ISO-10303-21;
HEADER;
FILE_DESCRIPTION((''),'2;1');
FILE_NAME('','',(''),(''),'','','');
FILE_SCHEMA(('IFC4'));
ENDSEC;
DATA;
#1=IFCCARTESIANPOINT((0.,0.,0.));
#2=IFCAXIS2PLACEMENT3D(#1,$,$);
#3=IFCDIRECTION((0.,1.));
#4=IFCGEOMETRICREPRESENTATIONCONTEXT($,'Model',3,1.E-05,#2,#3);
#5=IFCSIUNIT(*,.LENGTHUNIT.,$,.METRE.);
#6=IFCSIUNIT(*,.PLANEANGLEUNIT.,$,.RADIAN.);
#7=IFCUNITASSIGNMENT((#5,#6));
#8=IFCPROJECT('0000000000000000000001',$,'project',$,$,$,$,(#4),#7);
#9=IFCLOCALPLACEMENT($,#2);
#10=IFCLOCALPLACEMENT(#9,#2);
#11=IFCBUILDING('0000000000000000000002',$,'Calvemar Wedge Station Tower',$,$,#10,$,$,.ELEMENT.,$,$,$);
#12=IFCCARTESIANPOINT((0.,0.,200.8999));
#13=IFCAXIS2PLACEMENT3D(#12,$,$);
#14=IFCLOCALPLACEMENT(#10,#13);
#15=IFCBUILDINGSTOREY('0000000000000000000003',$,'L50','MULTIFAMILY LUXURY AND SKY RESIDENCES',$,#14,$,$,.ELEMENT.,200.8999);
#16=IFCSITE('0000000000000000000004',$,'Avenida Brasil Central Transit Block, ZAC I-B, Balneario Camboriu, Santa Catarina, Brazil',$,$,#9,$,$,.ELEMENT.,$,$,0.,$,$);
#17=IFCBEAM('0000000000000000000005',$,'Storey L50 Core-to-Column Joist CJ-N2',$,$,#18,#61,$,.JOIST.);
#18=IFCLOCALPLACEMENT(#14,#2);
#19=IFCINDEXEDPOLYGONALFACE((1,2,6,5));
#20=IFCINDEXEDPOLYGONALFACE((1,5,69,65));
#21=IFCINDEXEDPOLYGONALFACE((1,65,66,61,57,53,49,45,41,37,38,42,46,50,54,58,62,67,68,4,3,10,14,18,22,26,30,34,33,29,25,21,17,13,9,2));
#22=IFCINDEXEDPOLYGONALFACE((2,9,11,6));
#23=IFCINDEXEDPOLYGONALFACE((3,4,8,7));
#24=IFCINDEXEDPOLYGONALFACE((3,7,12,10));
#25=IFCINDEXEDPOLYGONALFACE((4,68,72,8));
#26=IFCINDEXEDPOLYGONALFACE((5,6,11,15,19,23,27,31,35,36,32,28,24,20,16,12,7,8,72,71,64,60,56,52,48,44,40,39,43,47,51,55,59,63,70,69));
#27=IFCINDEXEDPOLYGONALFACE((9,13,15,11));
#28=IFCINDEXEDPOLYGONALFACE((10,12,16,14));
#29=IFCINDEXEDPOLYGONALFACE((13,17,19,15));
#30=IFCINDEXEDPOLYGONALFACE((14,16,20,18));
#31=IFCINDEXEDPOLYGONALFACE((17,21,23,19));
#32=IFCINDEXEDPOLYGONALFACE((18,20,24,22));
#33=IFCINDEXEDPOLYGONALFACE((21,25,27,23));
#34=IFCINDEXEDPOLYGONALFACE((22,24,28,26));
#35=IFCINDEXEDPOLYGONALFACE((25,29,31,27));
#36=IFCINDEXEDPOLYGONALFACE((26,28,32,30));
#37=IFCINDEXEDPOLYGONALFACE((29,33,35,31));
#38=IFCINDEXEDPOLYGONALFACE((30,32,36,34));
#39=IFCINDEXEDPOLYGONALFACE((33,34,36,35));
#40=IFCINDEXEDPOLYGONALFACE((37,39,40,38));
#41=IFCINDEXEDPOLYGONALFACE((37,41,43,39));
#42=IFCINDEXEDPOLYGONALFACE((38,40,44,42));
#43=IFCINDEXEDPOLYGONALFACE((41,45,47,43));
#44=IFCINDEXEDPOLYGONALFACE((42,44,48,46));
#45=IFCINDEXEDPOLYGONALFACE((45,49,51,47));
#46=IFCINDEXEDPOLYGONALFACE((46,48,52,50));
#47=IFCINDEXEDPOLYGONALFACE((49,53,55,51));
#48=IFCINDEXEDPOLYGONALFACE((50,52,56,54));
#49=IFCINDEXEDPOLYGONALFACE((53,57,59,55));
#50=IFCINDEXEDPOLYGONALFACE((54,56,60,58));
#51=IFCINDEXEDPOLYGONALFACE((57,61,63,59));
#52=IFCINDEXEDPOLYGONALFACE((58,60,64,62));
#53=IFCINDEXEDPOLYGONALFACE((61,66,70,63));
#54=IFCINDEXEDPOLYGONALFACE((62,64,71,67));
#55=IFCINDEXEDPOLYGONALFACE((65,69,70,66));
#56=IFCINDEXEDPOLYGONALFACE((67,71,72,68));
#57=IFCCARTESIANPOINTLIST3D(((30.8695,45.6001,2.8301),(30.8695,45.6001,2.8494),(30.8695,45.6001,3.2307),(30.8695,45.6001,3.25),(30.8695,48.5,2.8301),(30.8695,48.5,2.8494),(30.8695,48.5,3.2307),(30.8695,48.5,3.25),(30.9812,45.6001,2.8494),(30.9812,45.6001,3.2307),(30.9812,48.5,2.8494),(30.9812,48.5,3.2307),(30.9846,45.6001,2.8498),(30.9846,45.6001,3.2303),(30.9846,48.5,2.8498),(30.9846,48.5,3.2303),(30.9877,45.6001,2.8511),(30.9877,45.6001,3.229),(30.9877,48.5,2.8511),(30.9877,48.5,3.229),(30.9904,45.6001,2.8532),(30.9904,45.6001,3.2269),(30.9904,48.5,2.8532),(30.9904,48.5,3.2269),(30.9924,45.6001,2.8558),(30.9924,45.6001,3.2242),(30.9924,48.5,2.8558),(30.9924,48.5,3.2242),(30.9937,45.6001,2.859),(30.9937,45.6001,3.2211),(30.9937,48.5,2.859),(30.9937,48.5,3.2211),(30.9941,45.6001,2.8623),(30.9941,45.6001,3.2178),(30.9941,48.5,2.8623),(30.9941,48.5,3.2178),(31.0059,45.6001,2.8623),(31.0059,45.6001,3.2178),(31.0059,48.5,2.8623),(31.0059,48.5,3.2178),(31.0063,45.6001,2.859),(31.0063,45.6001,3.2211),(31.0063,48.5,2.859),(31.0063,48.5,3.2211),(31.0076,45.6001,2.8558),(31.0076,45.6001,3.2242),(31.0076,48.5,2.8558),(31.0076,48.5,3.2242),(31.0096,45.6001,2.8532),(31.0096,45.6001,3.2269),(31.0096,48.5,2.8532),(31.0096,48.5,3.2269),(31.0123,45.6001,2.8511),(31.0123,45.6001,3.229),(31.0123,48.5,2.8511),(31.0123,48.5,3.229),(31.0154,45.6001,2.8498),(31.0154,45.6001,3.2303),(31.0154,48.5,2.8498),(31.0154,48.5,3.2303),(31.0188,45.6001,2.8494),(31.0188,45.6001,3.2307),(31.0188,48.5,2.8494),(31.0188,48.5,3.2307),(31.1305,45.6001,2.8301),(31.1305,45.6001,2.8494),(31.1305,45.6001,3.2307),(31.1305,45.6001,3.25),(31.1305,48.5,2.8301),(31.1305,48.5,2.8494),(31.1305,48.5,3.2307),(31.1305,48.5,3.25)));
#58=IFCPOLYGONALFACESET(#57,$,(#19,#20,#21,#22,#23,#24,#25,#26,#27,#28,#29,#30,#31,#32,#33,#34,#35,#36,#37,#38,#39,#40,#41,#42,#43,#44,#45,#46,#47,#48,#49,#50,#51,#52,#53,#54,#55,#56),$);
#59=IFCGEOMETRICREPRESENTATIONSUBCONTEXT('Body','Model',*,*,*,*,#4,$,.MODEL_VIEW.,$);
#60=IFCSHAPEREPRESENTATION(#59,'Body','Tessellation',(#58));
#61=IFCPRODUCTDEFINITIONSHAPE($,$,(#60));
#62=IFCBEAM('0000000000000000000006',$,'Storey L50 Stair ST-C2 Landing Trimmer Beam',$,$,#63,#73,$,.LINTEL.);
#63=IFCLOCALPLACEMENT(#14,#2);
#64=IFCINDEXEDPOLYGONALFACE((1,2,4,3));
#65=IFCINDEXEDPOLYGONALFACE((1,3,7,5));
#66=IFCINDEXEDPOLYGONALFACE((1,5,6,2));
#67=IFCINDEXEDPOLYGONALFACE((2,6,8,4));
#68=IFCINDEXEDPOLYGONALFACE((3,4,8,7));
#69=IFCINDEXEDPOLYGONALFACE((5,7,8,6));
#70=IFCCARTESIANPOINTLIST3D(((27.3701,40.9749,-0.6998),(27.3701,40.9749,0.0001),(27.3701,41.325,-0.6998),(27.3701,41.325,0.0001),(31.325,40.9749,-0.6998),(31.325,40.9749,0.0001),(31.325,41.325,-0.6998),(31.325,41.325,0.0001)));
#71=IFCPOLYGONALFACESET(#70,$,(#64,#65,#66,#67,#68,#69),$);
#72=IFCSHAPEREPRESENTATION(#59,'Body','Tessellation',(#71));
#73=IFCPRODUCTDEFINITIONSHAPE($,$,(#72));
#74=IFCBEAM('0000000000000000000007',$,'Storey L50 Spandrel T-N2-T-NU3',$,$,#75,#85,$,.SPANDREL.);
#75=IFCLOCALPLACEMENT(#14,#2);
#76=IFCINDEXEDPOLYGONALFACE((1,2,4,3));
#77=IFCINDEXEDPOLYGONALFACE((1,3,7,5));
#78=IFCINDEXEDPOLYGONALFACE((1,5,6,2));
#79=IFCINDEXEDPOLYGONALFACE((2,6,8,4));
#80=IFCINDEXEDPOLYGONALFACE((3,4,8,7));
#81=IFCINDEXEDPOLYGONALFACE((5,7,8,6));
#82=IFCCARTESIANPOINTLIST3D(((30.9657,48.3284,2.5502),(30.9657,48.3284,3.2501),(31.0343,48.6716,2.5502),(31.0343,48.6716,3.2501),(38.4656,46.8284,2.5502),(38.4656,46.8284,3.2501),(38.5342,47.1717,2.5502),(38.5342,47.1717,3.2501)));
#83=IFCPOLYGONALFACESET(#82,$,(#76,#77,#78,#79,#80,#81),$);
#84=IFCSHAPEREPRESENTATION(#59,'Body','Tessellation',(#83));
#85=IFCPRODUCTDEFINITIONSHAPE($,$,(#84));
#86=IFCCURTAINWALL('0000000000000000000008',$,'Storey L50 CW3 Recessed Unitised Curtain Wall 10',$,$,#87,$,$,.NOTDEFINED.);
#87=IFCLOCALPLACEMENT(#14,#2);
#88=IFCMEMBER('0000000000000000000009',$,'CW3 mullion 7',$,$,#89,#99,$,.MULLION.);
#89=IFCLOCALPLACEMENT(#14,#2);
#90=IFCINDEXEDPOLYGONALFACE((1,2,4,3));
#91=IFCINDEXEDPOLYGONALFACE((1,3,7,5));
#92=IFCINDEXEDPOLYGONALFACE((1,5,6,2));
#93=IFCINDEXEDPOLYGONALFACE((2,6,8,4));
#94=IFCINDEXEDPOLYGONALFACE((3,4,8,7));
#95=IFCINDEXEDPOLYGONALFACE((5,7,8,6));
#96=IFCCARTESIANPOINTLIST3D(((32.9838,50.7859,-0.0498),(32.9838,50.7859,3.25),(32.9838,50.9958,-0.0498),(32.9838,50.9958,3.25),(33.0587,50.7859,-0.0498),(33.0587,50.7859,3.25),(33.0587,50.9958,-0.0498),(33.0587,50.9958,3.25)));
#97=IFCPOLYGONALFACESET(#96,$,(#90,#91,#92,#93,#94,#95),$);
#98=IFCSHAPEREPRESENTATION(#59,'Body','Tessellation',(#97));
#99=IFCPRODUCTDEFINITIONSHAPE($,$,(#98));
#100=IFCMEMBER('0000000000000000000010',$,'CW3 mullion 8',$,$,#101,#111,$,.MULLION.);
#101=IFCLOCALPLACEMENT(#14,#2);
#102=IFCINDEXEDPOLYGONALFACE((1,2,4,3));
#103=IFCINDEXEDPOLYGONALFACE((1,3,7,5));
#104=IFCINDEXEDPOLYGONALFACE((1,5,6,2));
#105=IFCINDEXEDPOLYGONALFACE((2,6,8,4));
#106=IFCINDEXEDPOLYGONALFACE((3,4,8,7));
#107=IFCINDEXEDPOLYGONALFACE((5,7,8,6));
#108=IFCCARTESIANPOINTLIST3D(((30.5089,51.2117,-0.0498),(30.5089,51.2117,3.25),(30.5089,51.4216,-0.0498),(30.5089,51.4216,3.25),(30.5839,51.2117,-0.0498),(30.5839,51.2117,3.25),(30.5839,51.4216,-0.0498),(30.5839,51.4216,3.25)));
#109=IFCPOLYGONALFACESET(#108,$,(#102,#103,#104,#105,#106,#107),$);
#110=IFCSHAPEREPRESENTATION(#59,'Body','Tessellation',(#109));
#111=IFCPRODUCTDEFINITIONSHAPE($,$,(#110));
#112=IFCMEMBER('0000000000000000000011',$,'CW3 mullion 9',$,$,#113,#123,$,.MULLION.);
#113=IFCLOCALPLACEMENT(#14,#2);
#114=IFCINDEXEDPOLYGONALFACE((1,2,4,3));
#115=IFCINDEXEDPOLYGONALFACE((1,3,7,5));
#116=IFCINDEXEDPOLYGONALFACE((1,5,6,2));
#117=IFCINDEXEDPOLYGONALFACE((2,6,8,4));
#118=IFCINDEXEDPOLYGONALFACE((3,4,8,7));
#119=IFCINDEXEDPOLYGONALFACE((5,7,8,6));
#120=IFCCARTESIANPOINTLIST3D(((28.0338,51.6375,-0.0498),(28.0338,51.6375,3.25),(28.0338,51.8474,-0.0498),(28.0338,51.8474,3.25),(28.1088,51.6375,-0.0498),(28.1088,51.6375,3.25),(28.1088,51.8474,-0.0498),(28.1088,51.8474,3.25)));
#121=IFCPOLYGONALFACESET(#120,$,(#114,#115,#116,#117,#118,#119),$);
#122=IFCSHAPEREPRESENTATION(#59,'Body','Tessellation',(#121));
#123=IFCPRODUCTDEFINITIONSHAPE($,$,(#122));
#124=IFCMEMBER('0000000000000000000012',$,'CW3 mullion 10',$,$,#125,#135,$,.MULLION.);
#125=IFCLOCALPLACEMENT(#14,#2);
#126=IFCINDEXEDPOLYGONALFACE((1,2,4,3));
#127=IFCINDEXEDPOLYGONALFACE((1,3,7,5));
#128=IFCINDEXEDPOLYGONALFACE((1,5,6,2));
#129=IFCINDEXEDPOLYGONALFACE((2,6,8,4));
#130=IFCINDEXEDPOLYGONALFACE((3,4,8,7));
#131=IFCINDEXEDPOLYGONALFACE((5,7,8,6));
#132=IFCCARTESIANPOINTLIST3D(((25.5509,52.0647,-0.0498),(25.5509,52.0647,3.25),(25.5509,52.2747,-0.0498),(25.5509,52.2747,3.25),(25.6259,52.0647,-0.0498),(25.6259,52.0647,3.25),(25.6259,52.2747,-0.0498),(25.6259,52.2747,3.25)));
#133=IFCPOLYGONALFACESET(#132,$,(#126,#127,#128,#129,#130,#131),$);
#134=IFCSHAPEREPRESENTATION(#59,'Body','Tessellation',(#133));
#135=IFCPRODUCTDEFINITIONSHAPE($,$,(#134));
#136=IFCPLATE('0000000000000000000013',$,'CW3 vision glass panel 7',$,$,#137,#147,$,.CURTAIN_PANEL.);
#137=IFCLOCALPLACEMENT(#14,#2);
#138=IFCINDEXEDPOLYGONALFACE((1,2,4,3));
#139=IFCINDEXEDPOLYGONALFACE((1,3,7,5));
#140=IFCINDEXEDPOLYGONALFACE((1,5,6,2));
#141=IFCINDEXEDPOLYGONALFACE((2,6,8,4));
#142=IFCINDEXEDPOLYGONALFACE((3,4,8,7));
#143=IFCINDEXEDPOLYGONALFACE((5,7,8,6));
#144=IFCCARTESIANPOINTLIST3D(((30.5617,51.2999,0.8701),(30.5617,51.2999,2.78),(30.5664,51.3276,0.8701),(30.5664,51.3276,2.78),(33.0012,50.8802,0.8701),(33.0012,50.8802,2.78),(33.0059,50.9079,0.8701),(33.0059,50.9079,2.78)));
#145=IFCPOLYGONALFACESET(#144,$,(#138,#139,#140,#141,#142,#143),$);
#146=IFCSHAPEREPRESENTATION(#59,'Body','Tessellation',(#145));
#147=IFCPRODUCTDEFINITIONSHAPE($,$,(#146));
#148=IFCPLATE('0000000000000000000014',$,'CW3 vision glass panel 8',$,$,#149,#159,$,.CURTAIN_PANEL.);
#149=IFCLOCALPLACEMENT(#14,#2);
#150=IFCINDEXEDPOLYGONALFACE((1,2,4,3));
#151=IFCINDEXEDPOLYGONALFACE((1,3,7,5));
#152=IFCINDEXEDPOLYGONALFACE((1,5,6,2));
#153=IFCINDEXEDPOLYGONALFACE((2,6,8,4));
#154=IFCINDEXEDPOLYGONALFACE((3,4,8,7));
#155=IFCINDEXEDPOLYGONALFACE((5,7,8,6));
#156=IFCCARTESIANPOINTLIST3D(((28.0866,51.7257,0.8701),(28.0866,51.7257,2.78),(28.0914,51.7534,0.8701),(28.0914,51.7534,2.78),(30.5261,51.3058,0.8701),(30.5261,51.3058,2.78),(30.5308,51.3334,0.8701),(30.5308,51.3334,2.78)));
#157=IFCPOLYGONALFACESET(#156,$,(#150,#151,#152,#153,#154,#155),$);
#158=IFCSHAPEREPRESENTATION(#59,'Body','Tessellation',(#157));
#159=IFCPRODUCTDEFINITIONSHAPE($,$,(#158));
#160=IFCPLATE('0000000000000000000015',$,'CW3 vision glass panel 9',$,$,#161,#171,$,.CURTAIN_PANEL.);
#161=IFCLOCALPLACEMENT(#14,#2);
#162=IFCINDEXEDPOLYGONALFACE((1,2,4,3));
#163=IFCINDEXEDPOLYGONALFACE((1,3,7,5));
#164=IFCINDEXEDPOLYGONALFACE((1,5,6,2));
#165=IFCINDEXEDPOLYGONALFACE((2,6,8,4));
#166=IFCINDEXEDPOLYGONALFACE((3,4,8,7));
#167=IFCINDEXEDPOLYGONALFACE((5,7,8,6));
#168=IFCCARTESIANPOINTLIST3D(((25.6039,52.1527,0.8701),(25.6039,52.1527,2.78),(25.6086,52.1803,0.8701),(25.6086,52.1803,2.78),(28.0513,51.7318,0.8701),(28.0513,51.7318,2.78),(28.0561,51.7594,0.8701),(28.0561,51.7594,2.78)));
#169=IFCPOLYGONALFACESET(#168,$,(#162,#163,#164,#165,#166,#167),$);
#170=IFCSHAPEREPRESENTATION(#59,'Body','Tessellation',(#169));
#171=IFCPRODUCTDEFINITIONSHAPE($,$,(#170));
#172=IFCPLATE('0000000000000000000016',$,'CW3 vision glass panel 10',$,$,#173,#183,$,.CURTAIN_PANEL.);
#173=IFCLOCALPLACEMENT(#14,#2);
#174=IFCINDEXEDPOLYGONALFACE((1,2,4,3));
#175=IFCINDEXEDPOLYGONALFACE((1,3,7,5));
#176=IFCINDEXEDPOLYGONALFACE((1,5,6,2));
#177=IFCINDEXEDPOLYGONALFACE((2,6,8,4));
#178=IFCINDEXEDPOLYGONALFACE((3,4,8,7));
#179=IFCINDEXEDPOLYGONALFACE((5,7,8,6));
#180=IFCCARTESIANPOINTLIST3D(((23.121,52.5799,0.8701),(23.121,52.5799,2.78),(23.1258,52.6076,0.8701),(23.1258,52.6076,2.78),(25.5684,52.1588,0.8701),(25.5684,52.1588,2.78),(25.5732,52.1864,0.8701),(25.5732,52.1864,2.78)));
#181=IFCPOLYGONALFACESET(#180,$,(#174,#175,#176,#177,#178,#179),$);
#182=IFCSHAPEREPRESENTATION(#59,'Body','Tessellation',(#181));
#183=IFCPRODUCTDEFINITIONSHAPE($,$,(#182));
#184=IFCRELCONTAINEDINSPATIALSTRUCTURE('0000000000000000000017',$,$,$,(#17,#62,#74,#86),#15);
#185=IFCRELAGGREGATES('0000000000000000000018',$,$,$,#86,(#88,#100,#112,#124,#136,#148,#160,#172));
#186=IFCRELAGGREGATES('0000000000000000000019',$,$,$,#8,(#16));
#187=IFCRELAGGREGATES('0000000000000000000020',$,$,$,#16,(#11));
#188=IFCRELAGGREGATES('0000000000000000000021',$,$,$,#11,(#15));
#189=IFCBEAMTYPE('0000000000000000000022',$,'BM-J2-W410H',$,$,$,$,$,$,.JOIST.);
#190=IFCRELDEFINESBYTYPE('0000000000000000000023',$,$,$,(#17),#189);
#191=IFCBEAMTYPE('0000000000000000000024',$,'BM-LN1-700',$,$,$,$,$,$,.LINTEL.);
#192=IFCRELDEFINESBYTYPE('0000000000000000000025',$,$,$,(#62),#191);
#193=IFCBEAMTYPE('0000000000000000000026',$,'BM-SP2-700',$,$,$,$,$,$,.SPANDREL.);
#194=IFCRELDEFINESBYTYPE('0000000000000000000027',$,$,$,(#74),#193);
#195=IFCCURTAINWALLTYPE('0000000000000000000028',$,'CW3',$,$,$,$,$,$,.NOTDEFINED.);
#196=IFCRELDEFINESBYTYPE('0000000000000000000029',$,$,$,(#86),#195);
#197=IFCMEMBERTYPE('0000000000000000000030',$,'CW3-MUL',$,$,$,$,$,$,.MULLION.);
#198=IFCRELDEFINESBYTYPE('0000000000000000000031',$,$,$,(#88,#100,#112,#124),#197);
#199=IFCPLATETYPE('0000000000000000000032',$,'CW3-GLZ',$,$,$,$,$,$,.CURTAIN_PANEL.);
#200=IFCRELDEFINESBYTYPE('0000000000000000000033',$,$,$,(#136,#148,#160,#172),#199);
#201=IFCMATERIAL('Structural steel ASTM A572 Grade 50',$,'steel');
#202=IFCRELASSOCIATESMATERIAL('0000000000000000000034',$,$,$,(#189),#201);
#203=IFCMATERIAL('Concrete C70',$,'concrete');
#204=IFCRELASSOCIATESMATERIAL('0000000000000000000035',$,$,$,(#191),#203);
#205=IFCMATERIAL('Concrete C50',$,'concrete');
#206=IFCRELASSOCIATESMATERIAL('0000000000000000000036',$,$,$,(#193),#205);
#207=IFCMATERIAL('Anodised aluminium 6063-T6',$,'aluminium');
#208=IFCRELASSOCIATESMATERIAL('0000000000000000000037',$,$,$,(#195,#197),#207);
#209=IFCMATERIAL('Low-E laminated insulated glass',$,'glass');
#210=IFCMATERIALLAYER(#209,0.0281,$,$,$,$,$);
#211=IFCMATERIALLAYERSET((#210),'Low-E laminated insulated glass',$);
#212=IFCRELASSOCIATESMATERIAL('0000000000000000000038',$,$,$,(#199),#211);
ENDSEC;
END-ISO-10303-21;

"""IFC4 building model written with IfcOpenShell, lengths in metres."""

from ifc_helpers import new_model, si_unit, direction, frame, frame_2d, origin, origin_2d, place, context, subcontext, project, spatial, rectangle, i_section, extrude, source, transform, mapped, material, layer, layer_set, material_profile, profile_set, type_object, element, aggregate, save


model = new_model("IFC4")

# Units and contexts
model_context = context("Model", 3, precision=1e-05, world=origin(), true_north=direction((0.0, 1.0)))
body_context = subcontext(model_context, "Body", "Model", "MODEL_VIEW")
ifc_project = project(units=[si_unit("LENGTHUNIT", "METRE"), si_unit("PLANEANGLEUNIT", "RADIAN")], contexts=[model_context])

# Site, building, storey
site_placement = place(None, origin())
site = spatial("IfcSite", under=ifc_project, at=site_placement, Name="Avenida Brasil Central Transit Block, ZAC I-B, Balneario Camboriu, Santa Catarina, Brazil", CompositionType="ELEMENT", RefElevation=0.0)
building_placement = place(site_placement, origin())
building = spatial("IfcBuilding", under=site, at=building_placement, Name="Calvemar Wedge Station Tower", CompositionType="ELEMENT")
storey_placement = place(building_placement, frame((0.0, 0.0, 200.8999)))
storey = spatial("IfcBuildingStorey", under=building, at=storey_placement, Name="L50", Description="MULTIFAMILY LUXURY AND SKY RESIDENCES", CompositionType="ELEMENT", Elevation=200.8999)

# Shared definitions
ifc_material_1 = material(Name="Concrete C50", Category="concrete")

# Beams
ifc_material_2 = material(Name="Structural steel ASTM A572 Grade 50", Category="steel")
ifc_material_profile_1 = material_profile(ifc_material_2, i_section(OverallWidth=0.261, OverallDepth=0.4199, WebThickness=0.0117, FlangeThickness=0.0193, FilletRadius=0.0129, at=origin_2d()), Name="W410x114")
ifc_profile_set_1 = profile_set([ifc_material_profile_1], Name="Structural steel ASTM A572 Grade 50")
beam_type_1 = type_object("IfcBeamType", Name="BM-J2-W410H", PredefinedType="JOIST", material=ifc_profile_set_1)
shared_shape_1 = source(origin(), body_context, "Body", "SweptSolid", [
    extrude(i_section(OverallWidth=0.261, OverallDepth=0.4199, WebThickness=0.0117, FlangeThickness=0.0193, FilletRadius=0.0129, at=origin_2d()), origin(), (0.0, 0.0, 1.0), 2.8999),
])
beam_1_placement = place(storey_placement, frame((31.0, 45.6001, 3.04), z_axis=(0.0, 1.0, 0.0), x_axis=(-1.0, 0.0, 0.0)))
element("IfcBeam", 1, at=beam_1_placement, inside=storey, type_object=beam_type_1, Name="Storey L50 Core-to-Column Joist CJ-N2", PredefinedType="JOIST", context=body_context, shape_type="MappedRepresentation", body=[
    mapped(shared_shape_1, transform((0.0, 0.0, 0.0), scale=1.0)),
])
ifc_material_3 = material(Name="Concrete C70", Category="concrete")
ifc_material_profile_2 = material_profile(ifc_material_3, rectangle(XDim=0.3501, YDim=0.7, at=origin_2d()), Name="RC350x700")
ifc_profile_set_2 = profile_set([ifc_material_profile_2], Name="Concrete C70")
beam_type_2 = type_object("IfcBeamType", Name="BM-LN1-700", PredefinedType="LINTEL", material=ifc_profile_set_2)
shared_shape_2 = source(origin(), body_context, "Body", "SweptSolid", [
    extrude(rectangle(XDim=0.3501, YDim=0.7, at=origin_2d()), origin(), (0.0, 0.0, 1.0), 3.9548),
])
beam_2_placement = place(storey_placement, frame((27.3701, 41.1499, -0.3499), z_axis=(1.0, 0.0, 0.0), x_axis=(0.0, 1.0, 0.0)))
element("IfcBeam", 2, at=beam_2_placement, inside=storey, type_object=beam_type_2, Name="Storey L50 Stair ST-C2 Landing Trimmer Beam", PredefinedType="LINTEL", context=body_context, shape_type="MappedRepresentation", body=[
    mapped(shared_shape_2, transform((0.0, 0.0, 0.0), scale=1.0)),
])
ifc_material_profile_3 = material_profile(ifc_material_1, rectangle(XDim=0.3501, YDim=0.7, at=origin_2d()), Name="RC350x700")
ifc_profile_set_3 = profile_set([ifc_material_profile_3], Name="Concrete C50")
beam_type_3 = type_object("IfcBeamType", Name="BM-SP2-700", PredefinedType="SPANDREL", material=ifc_profile_set_3)
shared_shape_3 = source(origin(), body_context, "Body", "SweptSolid", [
    extrude(rectangle(XDim=0.3501, YDim=0.7, at=origin_2d()), origin(), (0.0, 0.0, 1.0), 7.6484),
])
beam_3_placement = place(storey_placement, frame((31.0, 48.5, 2.9001), z_axis=(0.980581, -0.196116, 0.0), x_axis=(0.196116, 0.980581, 0.0)))
element("IfcBeam", 3, at=beam_3_placement, inside=storey, type_object=beam_type_3, Name="Storey L50 Spandrel T-N2-T-NU3", PredefinedType="SPANDREL", context=body_context, shape_type="MappedRepresentation", body=[
    mapped(shared_shape_3, transform((0.0, 0.0, 0.0), scale=1.0)),
])

# Curtain wall, members, plates
ifc_material_4 = material(Name="Anodised aluminium 6063-T6", Category="aluminium")
curtain_wall_type = type_object("IfcCurtainWallType", Name="CW3", PredefinedType="NOTDEFINED", material=ifc_material_4)
curtain_wall_placement = place(storey_placement, origin())
curtain_wall = element("IfcCurtainWall", 4, at=curtain_wall_placement, inside=storey, type_object=curtain_wall_type, Name="Storey L50 CW3 Recessed Unitised Curtain Wall 10", PredefinedType="NOTDEFINED")
ifc_material_profile_4 = material_profile(ifc_material_4, rectangle(XDim=0.075, YDim=0.21, at=origin_2d()), Name="AL-MUL-75x210")
ifc_profile_set_4 = profile_set([ifc_material_profile_4], Name="Anodised aluminium 6063-T6")
member_type = type_object("IfcMemberType", Name="CW3-MUL", PredefinedType="MULLION", material=ifc_profile_set_4)
shared_shape_4 = source(origin(), body_context, "Body", "SweptSolid", [
    extrude(rectangle(XDim=0.075, YDim=0.21, at=origin_2d()), origin(), (0.0, 0.0, 1.0), 3.2998),
])
member_1_placement = place(storey_placement, frame((33.0212, 50.8909, -0.0498), z_axis=(0.0, 0.0, 1.0), x_axis=(1.0, 0.0, 0.0)))
member_1 = element("IfcMember", 5, at=member_1_placement, type_object=member_type, Name="CW3 mullion 7", PredefinedType="MULLION", context=body_context, shape_type="MappedRepresentation", body=[
    mapped(shared_shape_4, transform((0.0, 0.0, 0.0), scale=1.0)),
])
member_2_placement = place(storey_placement, frame((30.5464, 51.3167, -0.0498), z_axis=(0.0, 0.0, 1.0), x_axis=(1.0, 0.0, 0.0)))
member_2 = element("IfcMember", 6, at=member_2_placement, type_object=member_type, Name="CW3 mullion 8", PredefinedType="MULLION", context=body_context, shape_type="MappedRepresentation", body=[
    mapped(shared_shape_4, transform((0.0, 0.0, 0.0), scale=1.0)),
])
member_3_placement = place(storey_placement, frame((28.0713, 51.7424, -0.0498), z_axis=(0.0, 0.0, 1.0), x_axis=(1.0, 0.0, 0.0)))
member_3 = element("IfcMember", 7, at=member_3_placement, type_object=member_type, Name="CW3 mullion 9", PredefinedType="MULLION", context=body_context, shape_type="MappedRepresentation", body=[
    mapped(shared_shape_4, transform((0.0, 0.0, 0.0), scale=1.0)),
])
member_4_placement = place(storey_placement, frame((25.5884, 52.1697, -0.0498), z_axis=(0.0, 0.0, 1.0), x_axis=(1.0, 0.0, 0.0)))
member_4 = element("IfcMember", 8, at=member_4_placement, type_object=member_type, Name="CW3 mullion 10", PredefinedType="MULLION", context=body_context, shape_type="MappedRepresentation", body=[
    mapped(shared_shape_4, transform((0.0, 0.0, 0.0), scale=1.0)),
])
ifc_material_5 = material(Name="Low-E laminated insulated glass", Category="glass")
ifc_layer_1 = layer(ifc_material_5, 0.0281)
ifc_layer_set_1 = layer_set([ifc_layer_1], Name="Low-E laminated insulated glass")
plate_type_1 = type_object("IfcPlateType", Name="CW3-GLZ", PredefinedType="CURTAIN_PANEL", material=ifc_layer_set_1)
plate_1_placement = place(storey_placement, frame((33.0037, 50.894, 0.8701), z_axis=(0.0, 0.0, 1.0), x_axis=(-0.985522, 0.169547, 0.0)))
plate_1 = element("IfcPlate", 9, at=plate_1_placement, type_object=plate_type_1, Name="CW3 vision glass panel 7", PredefinedType="CURTAIN_PANEL", context=body_context, shape_type="SweptSolid", body=[
    extrude(rectangle(XDim=2.4753, YDim=0.0281, at=frame_2d((1.2378, 0.0))), origin(), (0.0, 0.0, 1.0), 1.9099),
])
plate_2_placement = place(storey_placement, frame((30.5286, 51.3196, 0.8701), z_axis=(0.0, 0.0, 1.0), x_axis=(-0.985506, 0.169643, 0.0)))
plate_2 = element("IfcPlate", 10, at=plate_2_placement, type_object=plate_type_1, Name="CW3 vision glass panel 8", PredefinedType="CURTAIN_PANEL", context=body_context, shape_type="SweptSolid", body=[
    extrude(rectangle(XDim=2.4753, YDim=0.0281, at=frame_2d((1.2378, 0.0))), origin(), (0.0, 0.0, 1.0), 1.9099),
])
plate_3_placement = place(storey_placement, frame((28.0537, 51.7456, 0.8701), z_axis=(0.0, 0.0, 1.0), x_axis=(-0.985533, 0.169482, 0.0)))
plate_3 = element("IfcPlate", 11, at=plate_3_placement, type_object=plate_type_1, Name="CW3 vision glass panel 9", PredefinedType="CURTAIN_PANEL", context=body_context, shape_type="SweptSolid", body=[
    extrude(rectangle(XDim=2.4834, YDim=0.0281, at=frame_2d((1.2417, 0.0))), origin(), (0.0, 0.0, 1.0), 1.9099),
])
plate_4_placement = place(storey_placement, frame((25.5708, 52.1726, 0.8701), z_axis=(0.0, 0.0, 1.0), x_axis=(-0.985517, 0.169578, 0.0)))
plate_4 = element("IfcPlate", 12, at=plate_4_placement, type_object=plate_type_1, Name="CW3 vision glass panel 10", PredefinedType="CURTAIN_PANEL", context=body_context, shape_type="SweptSolid", body=[
    extrude(rectangle(XDim=2.4834, YDim=0.0281, at=frame_2d((1.2417, 0.0))), origin(), (0.0, 0.0, 1.0), 1.9099),
])
aggregate(curtain_wall, [member_1, member_2, member_3, member_4, plate_1, plate_2, plate_3, plate_4])

save(model, "model.ifc")
